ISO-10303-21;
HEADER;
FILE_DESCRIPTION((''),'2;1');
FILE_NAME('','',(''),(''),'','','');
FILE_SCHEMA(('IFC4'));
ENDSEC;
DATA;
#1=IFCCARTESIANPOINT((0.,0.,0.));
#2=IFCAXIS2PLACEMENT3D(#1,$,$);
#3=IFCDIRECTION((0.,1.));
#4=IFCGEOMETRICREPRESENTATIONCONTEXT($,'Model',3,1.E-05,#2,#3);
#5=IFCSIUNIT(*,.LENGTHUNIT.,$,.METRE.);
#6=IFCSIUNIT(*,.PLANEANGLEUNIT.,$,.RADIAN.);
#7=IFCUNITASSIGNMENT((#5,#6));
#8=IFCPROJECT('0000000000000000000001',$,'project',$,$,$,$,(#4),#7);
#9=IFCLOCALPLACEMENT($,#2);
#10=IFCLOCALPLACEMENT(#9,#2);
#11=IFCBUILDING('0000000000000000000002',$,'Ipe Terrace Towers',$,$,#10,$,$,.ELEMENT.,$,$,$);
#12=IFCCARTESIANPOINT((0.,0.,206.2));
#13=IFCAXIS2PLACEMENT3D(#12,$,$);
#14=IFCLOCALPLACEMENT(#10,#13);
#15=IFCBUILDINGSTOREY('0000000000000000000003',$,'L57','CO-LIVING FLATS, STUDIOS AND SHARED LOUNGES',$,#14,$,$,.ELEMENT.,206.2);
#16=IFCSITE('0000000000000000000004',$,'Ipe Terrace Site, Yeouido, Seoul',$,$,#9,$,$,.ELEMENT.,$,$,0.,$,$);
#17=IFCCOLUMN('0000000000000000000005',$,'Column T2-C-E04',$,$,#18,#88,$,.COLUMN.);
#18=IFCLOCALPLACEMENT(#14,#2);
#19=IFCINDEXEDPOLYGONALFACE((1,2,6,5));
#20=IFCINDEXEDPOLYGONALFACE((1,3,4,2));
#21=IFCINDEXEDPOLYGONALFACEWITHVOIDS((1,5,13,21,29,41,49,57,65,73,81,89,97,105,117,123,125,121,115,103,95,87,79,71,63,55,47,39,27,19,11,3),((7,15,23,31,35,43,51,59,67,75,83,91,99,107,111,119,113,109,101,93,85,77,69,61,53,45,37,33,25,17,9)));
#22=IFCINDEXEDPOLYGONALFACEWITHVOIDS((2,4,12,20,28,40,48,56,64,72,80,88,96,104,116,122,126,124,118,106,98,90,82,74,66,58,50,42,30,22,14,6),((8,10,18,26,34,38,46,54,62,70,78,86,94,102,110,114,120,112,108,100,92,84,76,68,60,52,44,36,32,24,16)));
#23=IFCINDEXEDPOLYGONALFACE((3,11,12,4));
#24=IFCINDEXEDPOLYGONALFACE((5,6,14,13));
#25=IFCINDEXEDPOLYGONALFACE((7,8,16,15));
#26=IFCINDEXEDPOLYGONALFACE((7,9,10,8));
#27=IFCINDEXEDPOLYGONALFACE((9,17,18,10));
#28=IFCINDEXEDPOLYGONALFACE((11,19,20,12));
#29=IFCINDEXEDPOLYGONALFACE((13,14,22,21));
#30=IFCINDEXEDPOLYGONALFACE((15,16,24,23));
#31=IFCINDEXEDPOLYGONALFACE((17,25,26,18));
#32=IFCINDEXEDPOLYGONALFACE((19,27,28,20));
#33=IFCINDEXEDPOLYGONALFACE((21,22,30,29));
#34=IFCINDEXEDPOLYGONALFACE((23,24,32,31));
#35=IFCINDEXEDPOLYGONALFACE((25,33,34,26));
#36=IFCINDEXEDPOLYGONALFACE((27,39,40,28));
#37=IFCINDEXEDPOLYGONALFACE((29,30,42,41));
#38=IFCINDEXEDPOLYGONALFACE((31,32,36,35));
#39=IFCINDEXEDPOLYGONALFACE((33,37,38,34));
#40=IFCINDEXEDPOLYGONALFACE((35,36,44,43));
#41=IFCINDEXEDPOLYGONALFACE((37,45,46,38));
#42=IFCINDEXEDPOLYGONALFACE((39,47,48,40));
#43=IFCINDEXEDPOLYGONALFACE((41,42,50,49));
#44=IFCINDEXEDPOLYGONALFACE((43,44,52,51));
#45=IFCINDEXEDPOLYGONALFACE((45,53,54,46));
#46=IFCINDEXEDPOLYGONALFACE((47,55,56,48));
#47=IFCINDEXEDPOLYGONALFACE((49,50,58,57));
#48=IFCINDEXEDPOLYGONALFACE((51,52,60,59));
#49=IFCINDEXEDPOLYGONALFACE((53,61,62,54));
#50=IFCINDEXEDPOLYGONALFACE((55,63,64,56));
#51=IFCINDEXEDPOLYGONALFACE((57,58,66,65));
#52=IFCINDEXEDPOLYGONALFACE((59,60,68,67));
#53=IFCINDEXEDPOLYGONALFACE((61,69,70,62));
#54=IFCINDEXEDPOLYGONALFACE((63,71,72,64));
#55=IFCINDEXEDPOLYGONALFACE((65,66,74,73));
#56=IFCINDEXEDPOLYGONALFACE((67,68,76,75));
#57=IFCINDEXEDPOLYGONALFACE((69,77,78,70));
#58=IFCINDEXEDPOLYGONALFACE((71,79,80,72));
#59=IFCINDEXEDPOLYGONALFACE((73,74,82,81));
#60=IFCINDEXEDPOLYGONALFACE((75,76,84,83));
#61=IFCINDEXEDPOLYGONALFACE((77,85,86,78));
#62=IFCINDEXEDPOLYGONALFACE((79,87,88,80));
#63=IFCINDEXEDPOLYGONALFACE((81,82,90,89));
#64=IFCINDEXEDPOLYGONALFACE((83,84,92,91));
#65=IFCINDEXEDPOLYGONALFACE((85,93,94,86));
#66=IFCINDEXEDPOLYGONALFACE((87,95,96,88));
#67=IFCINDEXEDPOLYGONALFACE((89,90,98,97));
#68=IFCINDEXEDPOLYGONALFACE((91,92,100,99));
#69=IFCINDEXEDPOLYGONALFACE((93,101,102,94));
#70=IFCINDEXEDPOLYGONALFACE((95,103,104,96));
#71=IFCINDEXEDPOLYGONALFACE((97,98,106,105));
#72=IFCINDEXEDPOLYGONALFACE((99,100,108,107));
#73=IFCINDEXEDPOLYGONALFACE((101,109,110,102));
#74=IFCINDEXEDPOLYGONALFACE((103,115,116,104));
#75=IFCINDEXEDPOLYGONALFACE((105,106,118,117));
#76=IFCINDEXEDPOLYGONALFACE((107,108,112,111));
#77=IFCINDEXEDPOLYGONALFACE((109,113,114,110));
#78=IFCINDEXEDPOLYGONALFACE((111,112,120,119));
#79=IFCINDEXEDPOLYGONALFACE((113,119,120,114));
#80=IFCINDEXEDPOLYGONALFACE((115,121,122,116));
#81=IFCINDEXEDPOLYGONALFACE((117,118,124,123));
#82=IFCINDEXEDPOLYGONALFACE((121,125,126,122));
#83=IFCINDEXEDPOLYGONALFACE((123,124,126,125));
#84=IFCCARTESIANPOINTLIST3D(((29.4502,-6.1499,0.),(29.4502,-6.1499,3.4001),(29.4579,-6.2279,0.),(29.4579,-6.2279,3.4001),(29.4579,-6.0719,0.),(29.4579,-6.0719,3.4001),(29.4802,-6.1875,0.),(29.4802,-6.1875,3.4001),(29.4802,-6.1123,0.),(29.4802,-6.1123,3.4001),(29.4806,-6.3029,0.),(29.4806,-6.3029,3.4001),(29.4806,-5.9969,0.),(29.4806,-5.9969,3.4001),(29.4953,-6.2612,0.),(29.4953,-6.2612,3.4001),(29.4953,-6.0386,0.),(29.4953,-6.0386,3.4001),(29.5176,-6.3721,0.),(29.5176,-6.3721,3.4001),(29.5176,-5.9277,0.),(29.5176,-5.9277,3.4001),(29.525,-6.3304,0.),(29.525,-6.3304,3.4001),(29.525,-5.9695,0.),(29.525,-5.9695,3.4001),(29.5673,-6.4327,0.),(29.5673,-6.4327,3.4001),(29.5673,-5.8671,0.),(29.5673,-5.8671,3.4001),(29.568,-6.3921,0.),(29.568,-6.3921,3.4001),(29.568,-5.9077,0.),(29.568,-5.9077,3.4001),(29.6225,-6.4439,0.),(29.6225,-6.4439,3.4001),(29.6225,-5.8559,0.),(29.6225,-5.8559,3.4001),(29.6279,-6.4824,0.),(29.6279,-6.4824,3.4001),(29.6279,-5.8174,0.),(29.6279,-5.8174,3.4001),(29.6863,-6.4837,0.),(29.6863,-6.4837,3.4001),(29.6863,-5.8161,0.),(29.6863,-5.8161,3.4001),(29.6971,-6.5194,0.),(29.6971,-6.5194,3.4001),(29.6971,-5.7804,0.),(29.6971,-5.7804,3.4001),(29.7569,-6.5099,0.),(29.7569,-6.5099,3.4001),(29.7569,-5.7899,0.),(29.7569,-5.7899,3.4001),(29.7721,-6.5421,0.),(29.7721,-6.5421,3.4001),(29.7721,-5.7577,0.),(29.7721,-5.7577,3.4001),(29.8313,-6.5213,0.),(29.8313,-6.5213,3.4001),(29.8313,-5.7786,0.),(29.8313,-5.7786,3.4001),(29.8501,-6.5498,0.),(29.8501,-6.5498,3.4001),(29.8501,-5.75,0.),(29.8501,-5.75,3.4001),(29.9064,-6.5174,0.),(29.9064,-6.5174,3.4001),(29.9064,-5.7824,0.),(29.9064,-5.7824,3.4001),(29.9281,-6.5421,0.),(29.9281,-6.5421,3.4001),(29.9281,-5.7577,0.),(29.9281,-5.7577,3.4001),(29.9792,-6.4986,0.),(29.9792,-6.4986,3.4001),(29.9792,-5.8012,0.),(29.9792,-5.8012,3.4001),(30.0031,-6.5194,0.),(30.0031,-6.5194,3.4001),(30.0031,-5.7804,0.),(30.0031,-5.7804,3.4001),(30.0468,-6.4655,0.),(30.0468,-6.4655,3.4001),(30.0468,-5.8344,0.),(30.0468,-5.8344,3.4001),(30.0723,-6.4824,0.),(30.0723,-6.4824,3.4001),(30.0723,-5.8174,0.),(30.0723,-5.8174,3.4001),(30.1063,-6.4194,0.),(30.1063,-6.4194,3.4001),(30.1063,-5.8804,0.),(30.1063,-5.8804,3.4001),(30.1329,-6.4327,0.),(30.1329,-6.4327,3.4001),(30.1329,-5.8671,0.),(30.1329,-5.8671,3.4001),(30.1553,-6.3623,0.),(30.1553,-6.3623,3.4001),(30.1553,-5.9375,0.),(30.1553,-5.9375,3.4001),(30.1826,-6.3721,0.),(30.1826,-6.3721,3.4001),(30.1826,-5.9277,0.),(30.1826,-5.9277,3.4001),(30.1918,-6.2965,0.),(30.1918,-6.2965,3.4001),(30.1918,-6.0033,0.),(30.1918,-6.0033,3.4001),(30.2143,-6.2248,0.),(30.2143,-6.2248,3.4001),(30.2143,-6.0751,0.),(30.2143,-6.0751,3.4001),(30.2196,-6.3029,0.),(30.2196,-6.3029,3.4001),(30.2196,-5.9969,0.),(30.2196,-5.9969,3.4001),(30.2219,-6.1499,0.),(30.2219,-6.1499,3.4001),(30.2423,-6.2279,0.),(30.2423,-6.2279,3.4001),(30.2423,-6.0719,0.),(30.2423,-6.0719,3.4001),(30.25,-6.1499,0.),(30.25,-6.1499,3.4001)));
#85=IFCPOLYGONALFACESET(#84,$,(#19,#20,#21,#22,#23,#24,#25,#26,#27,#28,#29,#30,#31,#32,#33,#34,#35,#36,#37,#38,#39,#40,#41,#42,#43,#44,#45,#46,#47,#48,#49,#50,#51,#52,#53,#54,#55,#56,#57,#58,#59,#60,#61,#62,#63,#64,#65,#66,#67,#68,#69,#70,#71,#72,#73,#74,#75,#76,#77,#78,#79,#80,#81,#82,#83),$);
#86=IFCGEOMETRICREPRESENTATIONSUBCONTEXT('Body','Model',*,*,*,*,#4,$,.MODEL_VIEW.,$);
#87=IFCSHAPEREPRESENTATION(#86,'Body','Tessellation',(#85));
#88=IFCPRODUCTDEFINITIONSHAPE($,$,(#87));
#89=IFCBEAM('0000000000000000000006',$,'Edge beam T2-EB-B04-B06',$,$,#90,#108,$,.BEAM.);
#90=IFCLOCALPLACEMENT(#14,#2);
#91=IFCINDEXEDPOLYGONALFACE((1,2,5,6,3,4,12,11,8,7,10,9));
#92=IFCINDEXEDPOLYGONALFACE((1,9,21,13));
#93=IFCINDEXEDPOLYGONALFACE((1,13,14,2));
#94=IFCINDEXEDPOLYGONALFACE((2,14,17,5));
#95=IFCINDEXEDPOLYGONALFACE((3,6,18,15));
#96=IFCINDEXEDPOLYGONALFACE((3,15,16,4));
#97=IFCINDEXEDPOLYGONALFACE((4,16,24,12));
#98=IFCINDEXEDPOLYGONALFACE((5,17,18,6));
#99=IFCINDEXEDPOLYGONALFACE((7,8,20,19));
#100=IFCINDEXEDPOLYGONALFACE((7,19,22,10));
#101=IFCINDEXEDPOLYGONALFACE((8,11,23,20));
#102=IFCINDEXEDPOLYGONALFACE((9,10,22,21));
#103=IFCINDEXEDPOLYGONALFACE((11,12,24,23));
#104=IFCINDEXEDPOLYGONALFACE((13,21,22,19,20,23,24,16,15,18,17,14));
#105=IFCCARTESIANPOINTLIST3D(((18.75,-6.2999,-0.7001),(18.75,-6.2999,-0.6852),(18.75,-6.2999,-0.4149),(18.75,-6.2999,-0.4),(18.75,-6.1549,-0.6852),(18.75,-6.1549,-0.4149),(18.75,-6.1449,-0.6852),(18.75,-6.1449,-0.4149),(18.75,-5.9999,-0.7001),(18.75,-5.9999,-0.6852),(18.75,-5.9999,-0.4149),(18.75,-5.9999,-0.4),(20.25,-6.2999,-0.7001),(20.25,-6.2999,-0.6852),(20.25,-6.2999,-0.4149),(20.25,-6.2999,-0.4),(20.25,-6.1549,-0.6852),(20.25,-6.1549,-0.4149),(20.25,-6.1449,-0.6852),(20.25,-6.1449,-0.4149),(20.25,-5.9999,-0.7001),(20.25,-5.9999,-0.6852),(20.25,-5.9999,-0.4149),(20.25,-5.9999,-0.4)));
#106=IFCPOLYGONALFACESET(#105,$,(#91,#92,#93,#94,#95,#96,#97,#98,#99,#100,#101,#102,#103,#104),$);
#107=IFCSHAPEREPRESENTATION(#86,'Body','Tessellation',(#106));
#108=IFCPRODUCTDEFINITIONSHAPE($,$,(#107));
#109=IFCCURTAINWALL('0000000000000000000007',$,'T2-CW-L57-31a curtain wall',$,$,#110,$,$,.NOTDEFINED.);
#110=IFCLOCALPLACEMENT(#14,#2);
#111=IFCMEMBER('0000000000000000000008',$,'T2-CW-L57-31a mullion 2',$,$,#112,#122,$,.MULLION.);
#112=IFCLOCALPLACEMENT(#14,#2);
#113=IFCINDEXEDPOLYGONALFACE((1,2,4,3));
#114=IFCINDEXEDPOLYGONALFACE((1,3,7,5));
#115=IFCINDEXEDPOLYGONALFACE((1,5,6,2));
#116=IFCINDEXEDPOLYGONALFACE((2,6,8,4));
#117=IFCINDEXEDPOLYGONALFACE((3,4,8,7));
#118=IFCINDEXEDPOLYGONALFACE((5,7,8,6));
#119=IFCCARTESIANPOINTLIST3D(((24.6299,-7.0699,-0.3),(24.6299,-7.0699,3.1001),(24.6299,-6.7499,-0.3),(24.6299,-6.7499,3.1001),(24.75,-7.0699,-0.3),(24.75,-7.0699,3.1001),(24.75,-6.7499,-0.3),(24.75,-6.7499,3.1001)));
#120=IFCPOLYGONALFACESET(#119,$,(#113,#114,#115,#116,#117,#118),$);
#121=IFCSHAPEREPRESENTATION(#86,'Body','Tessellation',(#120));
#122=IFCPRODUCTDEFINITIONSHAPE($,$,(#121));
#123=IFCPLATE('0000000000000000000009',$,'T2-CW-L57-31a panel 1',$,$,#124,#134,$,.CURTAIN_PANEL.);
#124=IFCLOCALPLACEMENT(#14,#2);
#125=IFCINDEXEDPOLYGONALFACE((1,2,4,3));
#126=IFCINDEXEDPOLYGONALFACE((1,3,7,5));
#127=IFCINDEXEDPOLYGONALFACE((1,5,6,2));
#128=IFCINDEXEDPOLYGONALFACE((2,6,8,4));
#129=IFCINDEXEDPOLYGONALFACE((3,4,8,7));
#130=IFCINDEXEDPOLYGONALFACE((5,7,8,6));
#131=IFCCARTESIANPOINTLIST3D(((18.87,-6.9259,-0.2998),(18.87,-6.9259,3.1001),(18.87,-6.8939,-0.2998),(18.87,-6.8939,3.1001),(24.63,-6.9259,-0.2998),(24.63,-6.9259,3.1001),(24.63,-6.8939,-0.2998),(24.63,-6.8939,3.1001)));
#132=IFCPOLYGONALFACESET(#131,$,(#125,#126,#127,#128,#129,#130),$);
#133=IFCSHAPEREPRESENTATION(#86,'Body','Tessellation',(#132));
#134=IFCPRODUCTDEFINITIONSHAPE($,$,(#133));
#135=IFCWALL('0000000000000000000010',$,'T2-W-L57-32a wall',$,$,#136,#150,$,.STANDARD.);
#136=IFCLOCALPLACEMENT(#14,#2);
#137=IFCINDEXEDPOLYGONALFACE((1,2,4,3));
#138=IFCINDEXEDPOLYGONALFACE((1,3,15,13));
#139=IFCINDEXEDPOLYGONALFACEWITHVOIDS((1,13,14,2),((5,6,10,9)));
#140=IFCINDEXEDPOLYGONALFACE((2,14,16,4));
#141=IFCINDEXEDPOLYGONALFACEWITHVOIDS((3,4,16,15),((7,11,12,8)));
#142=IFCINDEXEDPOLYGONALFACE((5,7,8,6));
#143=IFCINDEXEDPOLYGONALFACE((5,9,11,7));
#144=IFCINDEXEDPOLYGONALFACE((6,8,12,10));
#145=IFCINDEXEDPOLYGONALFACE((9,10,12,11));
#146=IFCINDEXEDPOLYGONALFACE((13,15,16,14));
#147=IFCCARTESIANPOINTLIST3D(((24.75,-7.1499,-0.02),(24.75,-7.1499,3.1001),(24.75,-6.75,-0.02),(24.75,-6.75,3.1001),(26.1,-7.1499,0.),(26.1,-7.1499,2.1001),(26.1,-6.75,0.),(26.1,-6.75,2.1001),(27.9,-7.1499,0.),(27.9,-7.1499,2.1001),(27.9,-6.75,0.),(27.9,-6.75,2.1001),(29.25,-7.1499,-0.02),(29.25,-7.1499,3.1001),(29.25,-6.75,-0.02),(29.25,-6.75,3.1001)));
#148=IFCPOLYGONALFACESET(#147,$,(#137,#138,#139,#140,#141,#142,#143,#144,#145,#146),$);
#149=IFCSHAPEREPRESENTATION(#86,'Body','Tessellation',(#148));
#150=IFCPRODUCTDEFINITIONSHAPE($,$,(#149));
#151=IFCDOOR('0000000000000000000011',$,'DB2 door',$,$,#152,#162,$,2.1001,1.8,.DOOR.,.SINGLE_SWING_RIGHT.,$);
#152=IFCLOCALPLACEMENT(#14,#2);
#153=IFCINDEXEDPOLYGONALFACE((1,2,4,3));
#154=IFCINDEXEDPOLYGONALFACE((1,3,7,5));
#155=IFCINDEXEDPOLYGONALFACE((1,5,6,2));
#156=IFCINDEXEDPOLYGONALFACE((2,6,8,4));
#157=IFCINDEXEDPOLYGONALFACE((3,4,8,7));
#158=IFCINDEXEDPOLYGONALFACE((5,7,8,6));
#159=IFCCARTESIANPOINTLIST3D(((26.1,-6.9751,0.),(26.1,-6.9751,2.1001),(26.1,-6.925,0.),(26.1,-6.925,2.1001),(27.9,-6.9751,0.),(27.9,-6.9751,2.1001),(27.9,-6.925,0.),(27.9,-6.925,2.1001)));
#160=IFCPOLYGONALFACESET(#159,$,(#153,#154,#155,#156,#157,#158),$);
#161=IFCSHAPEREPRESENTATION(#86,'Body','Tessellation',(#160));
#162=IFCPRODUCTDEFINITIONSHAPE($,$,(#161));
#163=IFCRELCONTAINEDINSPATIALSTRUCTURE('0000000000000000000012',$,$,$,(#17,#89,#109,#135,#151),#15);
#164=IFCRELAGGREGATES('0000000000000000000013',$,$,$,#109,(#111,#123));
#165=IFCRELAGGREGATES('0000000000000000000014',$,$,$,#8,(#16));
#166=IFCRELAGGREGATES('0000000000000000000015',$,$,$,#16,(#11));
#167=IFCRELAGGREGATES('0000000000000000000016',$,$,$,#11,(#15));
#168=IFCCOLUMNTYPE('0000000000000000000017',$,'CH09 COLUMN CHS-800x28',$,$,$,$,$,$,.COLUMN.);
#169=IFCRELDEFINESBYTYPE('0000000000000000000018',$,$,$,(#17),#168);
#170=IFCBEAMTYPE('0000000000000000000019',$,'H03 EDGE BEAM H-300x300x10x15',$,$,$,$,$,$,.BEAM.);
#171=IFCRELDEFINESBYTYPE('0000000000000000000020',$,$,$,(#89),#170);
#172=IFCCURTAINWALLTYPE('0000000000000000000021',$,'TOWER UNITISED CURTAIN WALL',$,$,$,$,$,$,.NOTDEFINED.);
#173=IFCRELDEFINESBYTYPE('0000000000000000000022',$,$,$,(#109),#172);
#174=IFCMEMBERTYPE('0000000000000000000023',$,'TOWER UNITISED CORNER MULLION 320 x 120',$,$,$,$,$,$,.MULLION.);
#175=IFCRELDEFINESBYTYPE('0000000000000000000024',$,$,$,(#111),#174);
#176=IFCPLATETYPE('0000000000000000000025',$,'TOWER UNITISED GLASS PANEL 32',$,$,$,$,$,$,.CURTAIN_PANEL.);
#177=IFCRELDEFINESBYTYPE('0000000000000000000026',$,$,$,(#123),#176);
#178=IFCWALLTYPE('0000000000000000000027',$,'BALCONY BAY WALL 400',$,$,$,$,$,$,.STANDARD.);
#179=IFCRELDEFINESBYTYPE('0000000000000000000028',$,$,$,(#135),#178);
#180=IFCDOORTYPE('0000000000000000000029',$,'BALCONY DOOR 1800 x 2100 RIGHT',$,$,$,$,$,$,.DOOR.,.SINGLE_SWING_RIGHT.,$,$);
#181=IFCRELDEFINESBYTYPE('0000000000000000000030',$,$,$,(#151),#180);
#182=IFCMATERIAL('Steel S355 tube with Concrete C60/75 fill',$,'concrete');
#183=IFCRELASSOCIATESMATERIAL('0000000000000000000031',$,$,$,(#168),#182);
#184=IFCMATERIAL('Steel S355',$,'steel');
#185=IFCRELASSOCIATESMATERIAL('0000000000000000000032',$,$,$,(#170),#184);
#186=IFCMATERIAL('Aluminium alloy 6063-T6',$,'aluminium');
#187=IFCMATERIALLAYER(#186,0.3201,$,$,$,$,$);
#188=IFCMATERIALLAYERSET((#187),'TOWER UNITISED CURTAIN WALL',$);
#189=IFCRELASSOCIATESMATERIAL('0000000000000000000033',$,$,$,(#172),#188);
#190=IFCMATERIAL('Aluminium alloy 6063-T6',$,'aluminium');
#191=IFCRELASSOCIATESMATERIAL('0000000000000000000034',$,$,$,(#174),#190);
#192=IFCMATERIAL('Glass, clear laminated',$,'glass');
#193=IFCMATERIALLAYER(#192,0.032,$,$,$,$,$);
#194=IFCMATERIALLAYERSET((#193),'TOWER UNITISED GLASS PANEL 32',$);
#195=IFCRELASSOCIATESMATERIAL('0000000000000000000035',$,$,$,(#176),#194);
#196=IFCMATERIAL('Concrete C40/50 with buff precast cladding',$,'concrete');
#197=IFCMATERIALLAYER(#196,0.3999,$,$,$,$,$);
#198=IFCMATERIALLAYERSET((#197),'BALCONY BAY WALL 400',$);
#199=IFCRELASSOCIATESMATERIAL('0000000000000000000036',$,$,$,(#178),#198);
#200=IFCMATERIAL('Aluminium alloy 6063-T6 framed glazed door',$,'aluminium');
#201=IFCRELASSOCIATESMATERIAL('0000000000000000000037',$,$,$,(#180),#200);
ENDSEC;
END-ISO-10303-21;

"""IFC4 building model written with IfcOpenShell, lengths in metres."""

from ifc_helpers import new_model, si_unit, direction, frame, frame_2d, origin, origin_2d, place, context, subcontext, project, spatial, rectangle, hollow_circle, i_section, extrude, material, layer, layer_set, material_profile, profile_set, type_object, element, fill, aggregate, save


model = new_model("IFC4")

# Units and contexts
model_context = context("Model", 3, precision=1e-05, world=origin(), true_north=direction((0.0, 1.0)))
body_context = subcontext(model_context, "Body", "Model", "MODEL_VIEW")
ifc_project = project(units=[si_unit("LENGTHUNIT", "METRE"), si_unit("PLANEANGLEUNIT", "RADIAN")], contexts=[model_context])

# Site, building, storey
site_placement = place(None, origin())
site = spatial("IfcSite", under=ifc_project, at=site_placement, Name="Ipe Terrace Site, Yeouido, Seoul", CompositionType="ELEMENT", RefElevation=0.0)
building_placement = place(site_placement, origin())
building = spatial("IfcBuilding", under=site, at=building_placement, Name="Ipe Terrace Towers", CompositionType="ELEMENT")
storey_placement = place(building_placement, frame((0.0, 0.0, 206.2)))
storey = spatial("IfcBuildingStorey", under=building, at=storey_placement, Name="L57", Description="CO-LIVING FLATS, STUDIOS AND SHARED LOUNGES", CompositionType="ELEMENT", Elevation=206.2)

# Column
ifc_material_1 = material(Name="Steel S355 tube with Concrete C60/75 fill", Category="concrete")
ifc_material_profile_1 = material_profile(ifc_material_1, hollow_circle(Radius=0.3999, WallThickness=0.0281, at=origin_2d()), Name="CHS-800x28")
ifc_profile_set_1 = profile_set([ifc_material_profile_1], Name="Steel S355 tube with Concrete C60/75 fill")
column_type = type_object("IfcColumnType", Name="CH09 COLUMN CHS-800x28", PredefinedType="COLUMN", material=ifc_profile_set_1)
column_placement = place(storey_placement, frame((29.8501, -6.1499, 0.0), z_axis=(0.0, 0.0, 1.0), x_axis=(1.0, 0.0, 0.0)))
element("IfcColumn", 1, at=column_placement, inside=storey, type_object=column_type, Name="Column T2-C-E04", PredefinedType="COLUMN", context=body_context, shape_type="SweptSolid", body=[
    extrude(hollow_circle(Radius=0.3999, WallThickness=0.0281, at=origin_2d()), origin(), (0.0, 0.0, 1.0), 3.4001),
])

# Beam
ifc_material_2 = material(Name="Steel S355", Category="steel")
ifc_material_profile_2 = material_profile(ifc_material_2, i_section(OverallWidth=0.3, OverallDepth=0.3, WebThickness=0.01, FlangeThickness=0.0149, at=origin_2d()), Name="H-300x300x10x15")
ifc_profile_set_2 = profile_set([ifc_material_profile_2], Name="Steel S355")
beam_type = type_object("IfcBeamType", Name="H03 EDGE BEAM H-300x300x10x15", PredefinedType="BEAM", material=ifc_profile_set_2)
beam_placement = place(storey_placement, frame((20.25, -6.1499, -0.55), z_axis=(-1.0, 0.0, 0.0), x_axis=(0.0, -1.0, 0.0)))
element("IfcBeam", 2, at=beam_placement, inside=storey, type_object=beam_type, Name="Edge beam T2-EB-B04-B06", PredefinedType="BEAM", context=body_context, shape_type="SweptSolid", body=[
    extrude(i_section(OverallWidth=0.3, OverallDepth=0.3, WebThickness=0.01, FlangeThickness=0.0149, at=origin_2d()), origin(), (0.0, 0.0, 1.0), 1.5),
])

# Curtain wall, member, plate
ifc_material_3 = material(Name="Aluminium alloy 6063-T6", Category="aluminium")
ifc_layer_1 = layer(ifc_material_3, 0.3201)
ifc_layer_set_1 = layer_set([ifc_layer_1], Name="TOWER UNITISED CURTAIN WALL")
curtain_wall_type = type_object("IfcCurtainWallType", Name="TOWER UNITISED CURTAIN WALL", PredefinedType="NOTDEFINED", material=ifc_layer_set_1)
curtain_wall_placement = place(storey_placement, origin())
curtain_wall = element("IfcCurtainWall", 3, at=curtain_wall_placement, inside=storey, type_object=curtain_wall_type, Name="T2-CW-L57-31a curtain wall", PredefinedType="NOTDEFINED")
ifc_material_4 = material(Name="Aluminium alloy 6063-T6", Category="aluminium")
ifc_material_profile_3 = material_profile(ifc_material_4, rectangle(XDim=0.3201, YDim=0.1201, at=origin_2d()), Name="TOWER UNITISED CORNER MULLION 320 x 120")
ifc_profile_set_3 = profile_set([ifc_material_profile_3], Name="Aluminium alloy 6063-T6")
member_type = type_object("IfcMemberType", Name="TOWER UNITISED CORNER MULLION 320 x 120", PredefinedType="MULLION", material=ifc_profile_set_3)
member_placement = place(storey_placement, frame((24.6899, -6.9099, -0.3), z_axis=(0.0, 0.0, 1.0), x_axis=(0.0, -1.0, 0.0)))
member = element("IfcMember", 4, at=member_placement, type_object=member_type, Name="T2-CW-L57-31a mullion 2", PredefinedType="MULLION", context=body_context, shape_type="SweptSolid", body=[
    extrude(rectangle(XDim=0.3201, YDim=0.1201, at=origin_2d()), origin(), (0.0, 0.0, 1.0), 3.4001),
])
ifc_material_5 = material(Name="Glass, clear laminated", Category="glass")
ifc_layer_2 = layer(ifc_material_5, 0.032)
ifc_layer_set_2 = layer_set([ifc_layer_2], Name="TOWER UNITISED GLASS PANEL 32")
plate_type = type_object("IfcPlateType", Name="TOWER UNITISED GLASS PANEL 32", PredefinedType="CURTAIN_PANEL", material=ifc_layer_set_2)
plate_placement = place(storey_placement, frame((21.75, -6.9099, -0.2998), z_axis=(0.0, 0.0, 1.0), x_axis=(1.0, 0.0, 0.0)))
plate = element("IfcPlate", 5, at=plate_placement, type_object=plate_type, Name="T2-CW-L57-31a panel 1", PredefinedType="CURTAIN_PANEL", context=body_context, shape_type="SweptSolid", body=[
    extrude(rectangle(XDim=5.76, YDim=0.032, at=origin_2d()), origin(), (0.0, 0.0, 1.0), 3.3999),
])
aggregate(curtain_wall, [member, plate])

# Wall, opening, door
ifc_material_6 = material(Name="Concrete C40/50 with buff precast cladding", Category="concrete")
ifc_layer_3 = layer(ifc_material_6, 0.3999)
ifc_layer_set_3 = layer_set([ifc_layer_3], Name="BALCONY BAY WALL 400")
wall_type_1 = type_object("IfcWallType", Name="BALCONY BAY WALL 400", PredefinedType="STANDARD", material=ifc_layer_set_3)
wall_1_placement = place(storey_placement, frame((24.75, -6.95, -0.02), z_axis=(0.0, 0.0, 1.0), x_axis=(1.0, 0.0, 0.0)))
wall_1 = element("IfcWall", 6, at=wall_1_placement, inside=storey, type_object=wall_type_1, Name="T2-W-L57-32a wall", PredefinedType="STANDARD", context=body_context, shape_type="SweptSolid", body=[
    extrude(rectangle(XDim=4.5, YDim=0.3999, at=frame_2d((2.25, 0.0))), origin(), (0.0, 0.0, 1.0), 3.1201),
])
opening_1_placement = place(wall_1_placement, frame((1.3501, 0.0, 0.02)))
opening_1 = element("IfcOpeningElement", 7, at=opening_1_placement, cuts=wall_1, PredefinedType="OPENING", context=body_context, shape_type="SweptSolid", body=[
    extrude(rectangle(XDim=1.8, YDim=2.1001, at=frame_2d((0.8999, 1.05))), frame((0.0, 0.21, 0.0), z_axis=(0.0, -1.0, 0.0), x_axis=(1.0, 0.0, 0.0)), (0.0, 0.0, 1.0), 0.4199),
])
ifc_material_7 = material(Name="Aluminium alloy 6063-T6 framed glazed door", Category="aluminium")
door_type_1 = type_object("IfcDoorType", Name="BALCONY DOOR 1800 x 2100 RIGHT", OperationType="SINGLE_SWING_RIGHT", PredefinedType="DOOR", material=ifc_material_7)
door_1_placement = place(opening_1_placement, origin())
door_1 = element("IfcDoor", 8, at=door_1_placement, inside=storey, type_object=door_type_1, Name="DB2 door", OperationType="SINGLE_SWING_RIGHT", OverallHeight=2.1001, OverallWidth=1.8, PredefinedType="DOOR", context=body_context, shape_type="SweptSolid", body=[
    extrude(rectangle(XDim=1.8, YDim=2.1001, at=frame_2d((0.8999, 1.05))), frame((0.0, 0.0249, 0.0), z_axis=(0.0, -1.0, 0.0), x_axis=(1.0, 0.0, 0.0)), (0.0, 0.0, 1.0), 0.05),
])
fill(opening_1, door_1)

save(model, "model.ifc")
